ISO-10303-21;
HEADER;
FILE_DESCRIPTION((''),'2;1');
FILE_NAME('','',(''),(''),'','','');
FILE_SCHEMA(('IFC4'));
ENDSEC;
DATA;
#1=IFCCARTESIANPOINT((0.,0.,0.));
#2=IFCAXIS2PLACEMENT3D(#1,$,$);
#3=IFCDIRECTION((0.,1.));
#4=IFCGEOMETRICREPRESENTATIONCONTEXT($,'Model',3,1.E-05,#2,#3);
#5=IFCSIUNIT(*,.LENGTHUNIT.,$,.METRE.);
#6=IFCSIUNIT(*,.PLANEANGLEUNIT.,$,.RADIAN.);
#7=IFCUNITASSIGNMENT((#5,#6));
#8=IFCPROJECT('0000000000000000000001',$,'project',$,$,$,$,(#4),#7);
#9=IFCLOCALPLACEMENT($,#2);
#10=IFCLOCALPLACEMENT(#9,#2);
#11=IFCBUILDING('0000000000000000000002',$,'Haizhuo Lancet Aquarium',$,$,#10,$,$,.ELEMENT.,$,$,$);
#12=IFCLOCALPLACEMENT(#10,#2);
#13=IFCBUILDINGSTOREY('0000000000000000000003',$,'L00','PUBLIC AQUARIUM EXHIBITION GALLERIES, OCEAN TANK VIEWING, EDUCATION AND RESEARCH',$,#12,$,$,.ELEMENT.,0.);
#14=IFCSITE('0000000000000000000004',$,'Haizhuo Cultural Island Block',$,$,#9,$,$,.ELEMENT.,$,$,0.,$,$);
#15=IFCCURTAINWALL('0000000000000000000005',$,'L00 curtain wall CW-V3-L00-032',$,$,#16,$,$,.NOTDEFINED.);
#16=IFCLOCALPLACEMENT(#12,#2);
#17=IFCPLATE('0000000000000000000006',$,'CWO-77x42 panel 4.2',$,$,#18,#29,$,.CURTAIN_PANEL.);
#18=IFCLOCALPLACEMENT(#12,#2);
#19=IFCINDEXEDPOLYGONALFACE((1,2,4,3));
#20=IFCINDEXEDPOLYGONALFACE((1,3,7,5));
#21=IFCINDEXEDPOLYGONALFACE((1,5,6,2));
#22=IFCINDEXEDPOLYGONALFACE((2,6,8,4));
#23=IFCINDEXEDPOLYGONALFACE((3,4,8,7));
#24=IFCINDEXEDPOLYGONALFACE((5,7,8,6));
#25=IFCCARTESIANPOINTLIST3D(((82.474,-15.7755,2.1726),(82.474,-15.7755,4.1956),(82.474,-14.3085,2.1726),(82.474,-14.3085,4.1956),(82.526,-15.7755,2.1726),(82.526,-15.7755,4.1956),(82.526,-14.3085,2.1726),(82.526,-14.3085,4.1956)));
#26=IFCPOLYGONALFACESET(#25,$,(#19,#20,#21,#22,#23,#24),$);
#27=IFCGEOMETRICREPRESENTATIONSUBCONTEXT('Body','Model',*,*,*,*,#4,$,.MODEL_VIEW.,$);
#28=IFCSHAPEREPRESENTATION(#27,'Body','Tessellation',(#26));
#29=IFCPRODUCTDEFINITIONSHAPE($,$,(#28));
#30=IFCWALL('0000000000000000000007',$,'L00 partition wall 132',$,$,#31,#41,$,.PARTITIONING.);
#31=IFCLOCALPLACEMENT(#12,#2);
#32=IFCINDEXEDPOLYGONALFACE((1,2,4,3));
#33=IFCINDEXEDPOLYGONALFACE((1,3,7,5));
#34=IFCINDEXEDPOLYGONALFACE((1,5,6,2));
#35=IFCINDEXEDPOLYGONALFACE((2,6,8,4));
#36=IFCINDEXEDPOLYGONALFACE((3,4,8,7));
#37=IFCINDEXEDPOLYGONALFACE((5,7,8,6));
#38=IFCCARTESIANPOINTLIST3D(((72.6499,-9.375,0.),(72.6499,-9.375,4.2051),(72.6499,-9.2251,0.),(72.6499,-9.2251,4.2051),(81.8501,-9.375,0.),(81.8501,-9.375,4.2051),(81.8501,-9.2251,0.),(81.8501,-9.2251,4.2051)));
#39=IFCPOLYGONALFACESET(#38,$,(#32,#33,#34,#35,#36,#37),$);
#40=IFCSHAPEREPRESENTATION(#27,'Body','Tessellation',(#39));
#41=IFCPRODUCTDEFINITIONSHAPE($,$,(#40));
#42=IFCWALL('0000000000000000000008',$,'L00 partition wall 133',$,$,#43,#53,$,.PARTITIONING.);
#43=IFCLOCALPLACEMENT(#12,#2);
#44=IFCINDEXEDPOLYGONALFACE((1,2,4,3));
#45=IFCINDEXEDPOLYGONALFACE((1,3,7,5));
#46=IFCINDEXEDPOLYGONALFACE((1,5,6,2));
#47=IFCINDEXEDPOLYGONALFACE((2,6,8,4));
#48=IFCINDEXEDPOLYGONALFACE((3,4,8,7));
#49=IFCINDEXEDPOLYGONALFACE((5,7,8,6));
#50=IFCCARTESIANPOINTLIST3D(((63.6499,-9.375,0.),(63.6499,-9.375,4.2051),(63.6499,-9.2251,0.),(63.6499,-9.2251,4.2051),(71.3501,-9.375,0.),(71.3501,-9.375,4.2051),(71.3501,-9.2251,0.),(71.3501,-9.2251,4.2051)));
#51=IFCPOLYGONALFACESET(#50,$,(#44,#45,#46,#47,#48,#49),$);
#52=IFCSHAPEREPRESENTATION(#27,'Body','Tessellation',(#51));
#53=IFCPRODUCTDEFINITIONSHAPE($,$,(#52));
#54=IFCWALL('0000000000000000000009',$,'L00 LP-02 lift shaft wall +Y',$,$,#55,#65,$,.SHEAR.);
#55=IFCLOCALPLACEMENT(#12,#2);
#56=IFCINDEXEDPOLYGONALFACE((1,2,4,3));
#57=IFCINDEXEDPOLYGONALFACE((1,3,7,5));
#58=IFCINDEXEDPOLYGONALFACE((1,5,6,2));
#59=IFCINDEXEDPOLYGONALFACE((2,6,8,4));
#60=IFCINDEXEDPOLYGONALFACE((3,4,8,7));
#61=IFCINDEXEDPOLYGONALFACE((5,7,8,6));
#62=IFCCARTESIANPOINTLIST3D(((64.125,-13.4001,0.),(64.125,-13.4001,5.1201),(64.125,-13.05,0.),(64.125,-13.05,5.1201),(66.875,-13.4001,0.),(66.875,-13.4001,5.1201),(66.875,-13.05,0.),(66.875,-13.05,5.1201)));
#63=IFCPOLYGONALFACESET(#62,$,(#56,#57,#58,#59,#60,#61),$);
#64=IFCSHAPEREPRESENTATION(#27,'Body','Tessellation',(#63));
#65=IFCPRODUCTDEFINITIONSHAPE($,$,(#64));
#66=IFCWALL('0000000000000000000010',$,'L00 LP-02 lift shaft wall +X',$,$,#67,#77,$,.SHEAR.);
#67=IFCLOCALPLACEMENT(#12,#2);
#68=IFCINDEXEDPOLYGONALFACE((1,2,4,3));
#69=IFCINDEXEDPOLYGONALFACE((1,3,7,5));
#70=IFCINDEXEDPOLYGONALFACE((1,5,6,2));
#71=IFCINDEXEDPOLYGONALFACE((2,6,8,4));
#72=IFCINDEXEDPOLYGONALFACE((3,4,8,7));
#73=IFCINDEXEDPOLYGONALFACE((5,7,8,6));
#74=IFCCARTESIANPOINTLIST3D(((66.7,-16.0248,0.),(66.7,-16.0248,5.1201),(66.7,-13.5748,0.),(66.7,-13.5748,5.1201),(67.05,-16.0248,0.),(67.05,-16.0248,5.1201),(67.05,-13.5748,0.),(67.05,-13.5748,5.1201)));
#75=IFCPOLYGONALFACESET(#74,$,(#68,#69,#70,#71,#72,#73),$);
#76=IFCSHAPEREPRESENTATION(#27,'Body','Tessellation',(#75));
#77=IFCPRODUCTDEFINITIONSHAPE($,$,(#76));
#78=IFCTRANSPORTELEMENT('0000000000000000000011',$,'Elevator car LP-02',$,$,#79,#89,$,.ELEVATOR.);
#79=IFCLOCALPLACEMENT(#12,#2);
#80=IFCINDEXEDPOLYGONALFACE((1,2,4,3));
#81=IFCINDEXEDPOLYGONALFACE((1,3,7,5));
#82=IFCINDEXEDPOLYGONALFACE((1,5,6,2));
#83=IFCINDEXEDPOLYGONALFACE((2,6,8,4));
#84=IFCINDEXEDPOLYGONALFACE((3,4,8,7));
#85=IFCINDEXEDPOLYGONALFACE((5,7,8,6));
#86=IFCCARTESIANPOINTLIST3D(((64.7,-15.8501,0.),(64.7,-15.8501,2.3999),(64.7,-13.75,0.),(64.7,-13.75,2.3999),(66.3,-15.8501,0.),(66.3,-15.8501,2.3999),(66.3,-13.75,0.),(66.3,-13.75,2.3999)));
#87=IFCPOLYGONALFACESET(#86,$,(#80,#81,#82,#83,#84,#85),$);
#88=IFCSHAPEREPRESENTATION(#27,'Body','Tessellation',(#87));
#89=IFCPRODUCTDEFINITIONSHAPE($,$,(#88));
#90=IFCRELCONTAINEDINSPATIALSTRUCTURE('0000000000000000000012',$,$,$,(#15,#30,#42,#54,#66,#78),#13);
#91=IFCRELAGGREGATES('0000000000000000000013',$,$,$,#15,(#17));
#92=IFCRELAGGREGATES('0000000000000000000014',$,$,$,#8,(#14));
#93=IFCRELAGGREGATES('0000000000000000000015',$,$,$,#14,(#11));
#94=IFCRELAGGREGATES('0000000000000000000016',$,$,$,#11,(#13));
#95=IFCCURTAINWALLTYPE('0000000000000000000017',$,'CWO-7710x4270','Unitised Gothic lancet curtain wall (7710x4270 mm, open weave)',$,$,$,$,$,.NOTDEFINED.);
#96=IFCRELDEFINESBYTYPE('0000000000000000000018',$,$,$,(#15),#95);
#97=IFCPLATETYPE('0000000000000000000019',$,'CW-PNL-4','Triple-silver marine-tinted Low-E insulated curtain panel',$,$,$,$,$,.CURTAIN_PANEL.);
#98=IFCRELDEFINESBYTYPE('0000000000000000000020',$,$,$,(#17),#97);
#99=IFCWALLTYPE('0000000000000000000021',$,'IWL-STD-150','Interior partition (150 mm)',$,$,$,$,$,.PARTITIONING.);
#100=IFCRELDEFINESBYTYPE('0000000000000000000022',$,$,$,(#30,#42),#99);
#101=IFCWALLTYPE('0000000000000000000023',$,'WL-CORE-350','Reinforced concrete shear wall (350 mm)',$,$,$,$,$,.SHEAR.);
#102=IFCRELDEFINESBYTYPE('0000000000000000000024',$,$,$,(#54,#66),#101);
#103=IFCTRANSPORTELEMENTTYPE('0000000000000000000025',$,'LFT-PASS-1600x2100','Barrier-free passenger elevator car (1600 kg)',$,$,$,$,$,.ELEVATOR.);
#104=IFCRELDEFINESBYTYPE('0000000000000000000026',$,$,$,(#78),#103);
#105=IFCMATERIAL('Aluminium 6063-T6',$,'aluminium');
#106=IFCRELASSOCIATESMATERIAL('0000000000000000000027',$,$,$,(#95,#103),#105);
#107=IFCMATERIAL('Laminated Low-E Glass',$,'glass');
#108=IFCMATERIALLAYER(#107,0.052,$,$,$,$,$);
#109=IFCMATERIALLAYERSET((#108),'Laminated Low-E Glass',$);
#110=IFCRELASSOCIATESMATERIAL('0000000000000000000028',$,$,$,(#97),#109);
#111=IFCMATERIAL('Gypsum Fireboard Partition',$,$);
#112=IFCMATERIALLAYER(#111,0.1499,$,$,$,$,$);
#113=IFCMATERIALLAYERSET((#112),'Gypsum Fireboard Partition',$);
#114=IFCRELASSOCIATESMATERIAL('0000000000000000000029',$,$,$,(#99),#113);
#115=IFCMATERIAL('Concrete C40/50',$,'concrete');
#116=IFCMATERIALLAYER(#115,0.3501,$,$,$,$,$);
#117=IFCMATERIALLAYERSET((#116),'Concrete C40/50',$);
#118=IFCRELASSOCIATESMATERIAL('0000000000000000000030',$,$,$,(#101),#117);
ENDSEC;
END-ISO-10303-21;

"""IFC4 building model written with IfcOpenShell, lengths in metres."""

from ifc_helpers import new_model, si_unit, direction, frame, frame_2d, origin, origin_2d, place, context, subcontext, project, spatial, rectangle, extrude, material, layer, layer_set, type_object, element, aggregate, save


model = new_model("IFC4")

# Units and contexts
model_context = context("Model", 3, precision=1e-05, world=origin(), true_north=direction((0.0, 1.0)))
body_context = subcontext(model_context, "Body", "Model", "MODEL_VIEW")
ifc_project = project(units=[si_unit("LENGTHUNIT", "METRE"), si_unit("PLANEANGLEUNIT", "RADIAN")], contexts=[model_context])

# Site, building, storey
site_placement = place(None, origin())
site = spatial("IfcSite", under=ifc_project, at=site_placement, Name="Haizhuo Cultural Island Block", CompositionType="ELEMENT", RefElevation=0.0)
building_placement = place(site_placement, origin())
building = spatial("IfcBuilding", under=site, at=building_placement, Name="Haizhuo Lancet Aquarium", CompositionType="ELEMENT")
storey_placement = place(building_placement, origin())
storey = spatial("IfcBuildingStorey", under=building, at=storey_placement, Name="L00", Description="PUBLIC AQUARIUM EXHIBITION GALLERIES, OCEAN TANK VIEWING, EDUCATION AND RESEARCH", CompositionType="ELEMENT", Elevation=0.0)

# Curtain wall
ifc_material_1 = material(Name="Aluminium 6063-T6", Category="aluminium")
curtain_wall_type_1 = type_object("IfcCurtainWallType", Name="CWO-7710x4270", Description="Unitised Gothic lancet curtain wall (7710x4270 mm, open weave)", PredefinedType="NOTDEFINED", material=ifc_material_1)
curtain_wall_1_placement = place(storey_placement, origin())
curtain_wall_1 = element("IfcCurtainWall", 1, at=curtain_wall_1_placement, inside=storey, type_object=curtain_wall_type_1, Name="L00 curtain wall CW-V3-L00-032", PredefinedType="NOTDEFINED")

# Plate
ifc_material_2 = material(Name="Laminated Low-E Glass", Category="glass")
ifc_layer_1 = layer(ifc_material_2, 0.052)
ifc_layer_set_1 = layer_set([ifc_layer_1], Name="Laminated Low-E Glass")
plate_type = type_object("IfcPlateType", Name="CW-PNL-4", Description="Triple-silver marine-tinted Low-E insulated curtain panel", PredefinedType="CURTAIN_PANEL", material=ifc_layer_set_1)
plate_1_placement = place(storey_placement, frame((82.5, -15.042, 2.1726), z_axis=(0.0, 0.0, 1.0), x_axis=(0.0, -1.0, 0.0)))
plate_1 = element("IfcPlate", 2, at=plate_1_placement, type_object=plate_type, Name="CWO-77x42 panel 4.2", PredefinedType="CURTAIN_PANEL", context=body_context, shape_type="SweptSolid", body=[
    extrude(rectangle(XDim=1.467, YDim=0.052, at=origin_2d()), origin(), (0.0, 0.0, 1.0), 2.0229),
])
aggregate(curtain_wall_1, [plate_1])

# Walls
ifc_material_3 = material(Name="Gypsum Fireboard Partition")
ifc_layer_2 = layer(ifc_material_3, 0.1499)
ifc_layer_set_2 = layer_set([ifc_layer_2], Name="Gypsum Fireboard Partition")
wall_type_1 = type_object("IfcWallType", Name="IWL-STD-150", Description="Interior partition (150 mm)", PredefinedType="PARTITIONING", material=ifc_layer_set_2)
wall_1_placement = place(storey_placement, frame((81.8501, -9.3, 0.0), z_axis=(0.0, 0.0, 1.0), x_axis=(-1.0, 0.0, 0.0)))
element("IfcWall", 3, at=wall_1_placement, inside=storey, type_object=wall_type_1, Name="L00 partition wall 132", PredefinedType="PARTITIONING", context=body_context, shape_type="SweptSolid", body=[
    extrude(rectangle(XDim=9.2002, YDim=0.1499, at=frame_2d((4.6001, 0.0))), origin(), (0.0, 0.0, 1.0), 4.2051),
])
wall_2_placement = place(storey_placement, frame((71.3501, -9.3, 0.0), z_axis=(0.0, 0.0, 1.0), x_axis=(-1.0, 0.0, 0.0)))
element("IfcWall", 4, at=wall_2_placement, inside=storey, type_object=wall_type_1, Name="L00 partition wall 133", PredefinedType="PARTITIONING", context=body_context, shape_type="SweptSolid", body=[
    extrude(rectangle(XDim=7.7002, YDim=0.1499, at=frame_2d((3.8501, 0.0))), origin(), (0.0, 0.0, 1.0), 4.2051),
])
ifc_material_4 = material(Name="Concrete C40/50", Category="concrete")
ifc_layer_3 = layer(ifc_material_4, 0.3501)
ifc_layer_set_3 = layer_set([ifc_layer_3], Name="Concrete C40/50")
wall_type_2 = type_object("IfcWallType", Name="WL-CORE-350", Description="Reinforced concrete shear wall (350 mm)", PredefinedType="SHEAR", material=ifc_layer_set_3)
wall_3_placement = place(storey_placement, frame((66.875, -13.2251, 0.0), z_axis=(0.0, 0.0, 1.0), x_axis=(-1.0, 0.0, 0.0)))
element("IfcWall", 5, at=wall_3_placement, inside=storey, type_object=wall_type_2, Name="L00 LP-02 lift shaft wall +Y", PredefinedType="SHEAR", context=body_context, shape_type="SweptSolid", body=[
    extrude(rectangle(XDim=2.75, YDim=0.3501, at=frame_2d((1.375, 0.0))), origin(), (0.0, 0.0, 1.0), 5.1201),
])
wall_4_placement = place(storey_placement, frame((66.875, -16.0249, 0.0), z_axis=(0.0, 0.0, 1.0), x_axis=(0.0, 1.0, 0.0)))
element("IfcWall", 6, at=wall_4_placement, inside=storey, type_object=wall_type_2, Name="L00 LP-02 lift shaft wall +X", PredefinedType="SHEAR", context=body_context, shape_type="SweptSolid", body=[
    extrude(rectangle(XDim=2.45, YDim=0.3501, at=frame_2d((1.2251, 0.0))), origin(), (0.0, 0.0, 1.0), 5.1201),
])

# Transport element
transport_element_type = type_object("IfcTransportElementType", Name="LFT-PASS-1600x2100", Description="Barrier-free passenger elevator car (1600 kg)", PredefinedType="ELEVATOR", material=ifc_material_1)
transport_element_placement = place(storey_placement, frame((65.5, -14.8, 0.0), z_axis=(0.0, 0.0, 1.0), x_axis=(1.0, 0.0, 0.0)))
element("IfcTransportElement", 7, at=transport_element_placement, inside=storey, type_object=transport_element_type, Name="Elevator car LP-02", PredefinedType="ELEVATOR", context=body_context, shape_type="SweptSolid", body=[
    extrude(rectangle(XDim=1.6001, YDim=2.1001, at=origin_2d()), origin(), (0.0, 0.0, 1.0), 2.3999),
])

save(model, "model.ifc")
